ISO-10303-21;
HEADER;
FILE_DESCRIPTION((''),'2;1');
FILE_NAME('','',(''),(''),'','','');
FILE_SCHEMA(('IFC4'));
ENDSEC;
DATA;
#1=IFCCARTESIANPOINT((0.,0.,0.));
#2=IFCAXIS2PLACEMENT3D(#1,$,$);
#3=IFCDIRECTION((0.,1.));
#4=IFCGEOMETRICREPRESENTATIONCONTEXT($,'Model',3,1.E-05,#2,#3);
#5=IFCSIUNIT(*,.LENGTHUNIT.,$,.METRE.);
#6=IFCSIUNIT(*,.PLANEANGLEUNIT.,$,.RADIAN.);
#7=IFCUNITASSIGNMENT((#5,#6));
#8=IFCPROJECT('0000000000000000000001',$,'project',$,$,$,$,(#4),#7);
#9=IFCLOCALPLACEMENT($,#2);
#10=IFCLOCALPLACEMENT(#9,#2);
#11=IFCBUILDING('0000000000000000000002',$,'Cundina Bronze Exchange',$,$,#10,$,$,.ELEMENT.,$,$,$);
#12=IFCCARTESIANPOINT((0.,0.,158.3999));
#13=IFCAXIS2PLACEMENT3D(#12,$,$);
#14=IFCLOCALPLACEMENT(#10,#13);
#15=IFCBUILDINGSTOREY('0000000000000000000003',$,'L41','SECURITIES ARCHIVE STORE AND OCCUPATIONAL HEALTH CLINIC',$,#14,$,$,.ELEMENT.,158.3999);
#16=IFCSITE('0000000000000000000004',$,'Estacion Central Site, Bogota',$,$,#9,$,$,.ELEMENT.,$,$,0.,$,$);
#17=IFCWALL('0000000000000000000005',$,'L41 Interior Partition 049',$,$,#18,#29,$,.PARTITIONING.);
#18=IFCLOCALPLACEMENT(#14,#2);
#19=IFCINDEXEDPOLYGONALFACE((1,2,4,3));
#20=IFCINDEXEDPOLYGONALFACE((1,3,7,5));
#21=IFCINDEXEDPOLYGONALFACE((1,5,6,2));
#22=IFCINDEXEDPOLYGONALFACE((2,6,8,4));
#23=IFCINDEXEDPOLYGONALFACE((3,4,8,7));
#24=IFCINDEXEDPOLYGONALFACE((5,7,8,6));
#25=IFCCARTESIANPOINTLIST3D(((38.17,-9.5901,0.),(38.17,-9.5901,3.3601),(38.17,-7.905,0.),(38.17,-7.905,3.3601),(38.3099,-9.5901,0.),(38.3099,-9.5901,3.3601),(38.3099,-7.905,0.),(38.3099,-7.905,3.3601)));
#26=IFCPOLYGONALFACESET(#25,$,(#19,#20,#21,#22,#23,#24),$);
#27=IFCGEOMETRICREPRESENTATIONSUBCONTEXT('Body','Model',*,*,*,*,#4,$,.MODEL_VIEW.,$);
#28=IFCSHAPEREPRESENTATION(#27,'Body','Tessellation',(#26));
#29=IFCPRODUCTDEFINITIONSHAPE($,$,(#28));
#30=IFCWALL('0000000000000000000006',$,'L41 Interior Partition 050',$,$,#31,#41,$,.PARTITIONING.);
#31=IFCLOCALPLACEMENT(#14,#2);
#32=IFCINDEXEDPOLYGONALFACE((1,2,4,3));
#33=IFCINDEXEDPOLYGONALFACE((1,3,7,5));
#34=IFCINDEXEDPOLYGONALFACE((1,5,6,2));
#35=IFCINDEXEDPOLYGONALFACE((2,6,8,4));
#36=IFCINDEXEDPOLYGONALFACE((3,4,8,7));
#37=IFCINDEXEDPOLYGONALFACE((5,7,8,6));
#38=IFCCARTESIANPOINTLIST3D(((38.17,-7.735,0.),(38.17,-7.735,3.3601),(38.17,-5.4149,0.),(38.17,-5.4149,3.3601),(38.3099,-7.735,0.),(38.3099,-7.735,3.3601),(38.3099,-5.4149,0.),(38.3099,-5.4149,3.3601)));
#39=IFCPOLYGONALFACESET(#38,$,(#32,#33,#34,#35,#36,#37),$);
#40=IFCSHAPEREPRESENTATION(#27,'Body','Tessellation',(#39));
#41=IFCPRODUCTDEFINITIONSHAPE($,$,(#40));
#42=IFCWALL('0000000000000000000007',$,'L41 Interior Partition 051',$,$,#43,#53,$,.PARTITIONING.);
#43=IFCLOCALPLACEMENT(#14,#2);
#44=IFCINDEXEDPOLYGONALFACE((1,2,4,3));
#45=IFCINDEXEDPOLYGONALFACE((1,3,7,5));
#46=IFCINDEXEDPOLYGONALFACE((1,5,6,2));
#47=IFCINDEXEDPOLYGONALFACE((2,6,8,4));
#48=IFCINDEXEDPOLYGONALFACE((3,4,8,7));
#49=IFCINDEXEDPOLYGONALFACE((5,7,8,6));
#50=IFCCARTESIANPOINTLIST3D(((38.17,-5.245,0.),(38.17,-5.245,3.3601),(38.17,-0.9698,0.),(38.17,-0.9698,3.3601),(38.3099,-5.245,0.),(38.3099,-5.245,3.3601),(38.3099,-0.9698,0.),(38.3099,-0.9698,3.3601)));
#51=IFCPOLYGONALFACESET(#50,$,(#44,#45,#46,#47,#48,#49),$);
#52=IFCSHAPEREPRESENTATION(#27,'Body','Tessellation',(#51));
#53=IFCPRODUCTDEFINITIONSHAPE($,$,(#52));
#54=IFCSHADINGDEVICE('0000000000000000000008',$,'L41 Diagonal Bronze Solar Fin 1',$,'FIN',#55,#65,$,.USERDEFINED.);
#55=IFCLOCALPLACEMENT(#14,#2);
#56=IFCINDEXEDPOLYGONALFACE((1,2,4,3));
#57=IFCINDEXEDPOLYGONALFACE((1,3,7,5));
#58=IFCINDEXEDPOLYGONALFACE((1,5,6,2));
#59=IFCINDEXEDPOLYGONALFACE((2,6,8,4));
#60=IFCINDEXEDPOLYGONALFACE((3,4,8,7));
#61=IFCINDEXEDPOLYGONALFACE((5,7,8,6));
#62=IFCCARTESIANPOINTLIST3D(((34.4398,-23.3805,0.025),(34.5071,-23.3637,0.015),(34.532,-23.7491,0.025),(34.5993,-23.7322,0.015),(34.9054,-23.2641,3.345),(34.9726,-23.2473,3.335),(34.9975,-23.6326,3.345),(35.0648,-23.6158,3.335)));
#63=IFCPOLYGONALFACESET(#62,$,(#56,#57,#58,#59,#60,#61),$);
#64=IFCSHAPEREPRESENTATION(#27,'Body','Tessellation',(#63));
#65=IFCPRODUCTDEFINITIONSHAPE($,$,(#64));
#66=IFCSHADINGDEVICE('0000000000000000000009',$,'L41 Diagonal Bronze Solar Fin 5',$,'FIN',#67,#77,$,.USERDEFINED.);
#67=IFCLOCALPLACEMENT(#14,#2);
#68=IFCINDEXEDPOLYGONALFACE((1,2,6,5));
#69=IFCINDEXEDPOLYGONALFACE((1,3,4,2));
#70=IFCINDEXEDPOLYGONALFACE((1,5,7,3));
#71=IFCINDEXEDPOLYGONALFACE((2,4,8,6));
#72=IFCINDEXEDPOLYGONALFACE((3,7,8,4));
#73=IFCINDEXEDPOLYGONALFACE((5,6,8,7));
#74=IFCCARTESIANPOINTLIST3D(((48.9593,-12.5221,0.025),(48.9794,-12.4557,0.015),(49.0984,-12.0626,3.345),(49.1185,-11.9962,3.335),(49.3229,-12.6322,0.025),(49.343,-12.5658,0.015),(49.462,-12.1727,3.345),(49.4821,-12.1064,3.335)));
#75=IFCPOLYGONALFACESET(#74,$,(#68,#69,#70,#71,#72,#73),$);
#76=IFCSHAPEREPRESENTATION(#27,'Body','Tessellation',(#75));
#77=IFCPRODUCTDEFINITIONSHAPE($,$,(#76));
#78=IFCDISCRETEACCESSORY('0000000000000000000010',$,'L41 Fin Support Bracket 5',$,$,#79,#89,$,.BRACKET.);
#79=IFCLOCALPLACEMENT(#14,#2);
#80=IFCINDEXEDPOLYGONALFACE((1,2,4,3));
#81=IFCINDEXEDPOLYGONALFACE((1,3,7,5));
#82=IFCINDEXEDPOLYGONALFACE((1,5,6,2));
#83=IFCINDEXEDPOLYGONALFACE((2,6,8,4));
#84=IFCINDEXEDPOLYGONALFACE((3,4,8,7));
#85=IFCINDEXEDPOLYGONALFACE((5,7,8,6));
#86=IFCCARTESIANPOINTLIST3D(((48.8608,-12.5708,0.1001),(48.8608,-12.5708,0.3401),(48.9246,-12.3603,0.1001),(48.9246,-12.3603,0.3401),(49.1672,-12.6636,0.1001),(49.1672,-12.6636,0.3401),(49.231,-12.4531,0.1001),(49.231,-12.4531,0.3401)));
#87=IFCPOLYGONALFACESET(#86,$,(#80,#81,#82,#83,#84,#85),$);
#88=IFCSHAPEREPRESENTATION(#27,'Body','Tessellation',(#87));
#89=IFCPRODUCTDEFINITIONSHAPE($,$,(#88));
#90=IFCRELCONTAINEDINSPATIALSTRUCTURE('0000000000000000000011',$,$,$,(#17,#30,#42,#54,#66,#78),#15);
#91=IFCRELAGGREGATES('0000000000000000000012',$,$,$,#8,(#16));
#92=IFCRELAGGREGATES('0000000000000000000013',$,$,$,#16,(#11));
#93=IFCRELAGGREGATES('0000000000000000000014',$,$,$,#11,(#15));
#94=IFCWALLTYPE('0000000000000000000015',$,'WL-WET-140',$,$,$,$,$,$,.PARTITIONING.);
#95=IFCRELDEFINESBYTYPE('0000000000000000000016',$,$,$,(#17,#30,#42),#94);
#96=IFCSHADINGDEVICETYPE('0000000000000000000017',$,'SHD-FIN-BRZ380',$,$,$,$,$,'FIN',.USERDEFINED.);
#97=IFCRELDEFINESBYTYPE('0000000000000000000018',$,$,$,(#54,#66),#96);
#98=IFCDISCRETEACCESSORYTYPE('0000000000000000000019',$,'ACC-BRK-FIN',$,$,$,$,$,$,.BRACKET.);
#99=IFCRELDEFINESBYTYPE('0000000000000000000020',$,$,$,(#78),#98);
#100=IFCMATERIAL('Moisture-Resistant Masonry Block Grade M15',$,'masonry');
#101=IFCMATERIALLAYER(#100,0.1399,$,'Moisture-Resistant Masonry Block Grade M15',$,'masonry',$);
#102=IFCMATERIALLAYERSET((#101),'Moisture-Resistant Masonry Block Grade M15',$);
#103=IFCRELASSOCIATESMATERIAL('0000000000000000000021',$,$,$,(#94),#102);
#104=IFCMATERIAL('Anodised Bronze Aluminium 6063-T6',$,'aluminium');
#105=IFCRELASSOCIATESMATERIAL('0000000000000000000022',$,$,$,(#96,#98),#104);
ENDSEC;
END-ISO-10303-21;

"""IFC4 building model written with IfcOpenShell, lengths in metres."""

from ifc_helpers import new_model, si_unit, direction, frame, frame_2d, origin, origin_2d, place, context, subcontext, project, spatial, rectangle, extrude, material, layer, layer_set, material_profile, profile_set, type_object, element, save


model = new_model("IFC4")

# Units and contexts
model_context = context("Model", 3, precision=1e-05, world=origin(), true_north=direction((0.0, 1.0)))
body_context = subcontext(model_context, "Body", "Model", "MODEL_VIEW")
ifc_project = project(units=[si_unit("LENGTHUNIT", "METRE"), si_unit("PLANEANGLEUNIT", "RADIAN")], contexts=[model_context])

# Site, building, storey
site_placement = place(None, origin())
site = spatial("IfcSite", under=ifc_project, at=site_placement, Name="Estacion Central Site, Bogota", CompositionType="ELEMENT", RefElevation=0.0)
building_placement = place(site_placement, origin())
building = spatial("IfcBuilding", under=site, at=building_placement, Name="Cundina Bronze Exchange", CompositionType="ELEMENT")
storey_placement = place(building_placement, frame((0.0, 0.0, 158.3999)))
storey = spatial("IfcBuildingStorey", under=building, at=storey_placement, Name="L41", Description="SECURITIES ARCHIVE STORE AND OCCUPATIONAL HEALTH CLINIC", CompositionType="ELEMENT", Elevation=158.3999)

# Shared definitions
ifc_material_1 = material(Name="Anodised Bronze Aluminium 6063-T6", Category="aluminium")

# Walls
ifc_material_2 = material(Name="Moisture-Resistant Masonry Block Grade M15", Category="masonry")
ifc_layer_1 = layer(ifc_material_2, 0.1399, Name="Moisture-Resistant Masonry Block Grade M15", Category="masonry")
ifc_layer_set_1 = layer_set([ifc_layer_1], Name="Moisture-Resistant Masonry Block Grade M15")
wall_type_1 = type_object("IfcWallType", Name="WL-WET-140", PredefinedType="PARTITIONING", material=ifc_layer_set_1)
wall_1_placement = place(storey_placement, frame((38.24, -9.5901, 0.0), z_axis=(0.0, 0.0, 1.0), x_axis=(0.0, 1.0, 0.0)))
element("IfcWall", 1, at=wall_1_placement, inside=storey, type_object=wall_type_1, Name="L41 Interior Partition 049", PredefinedType="PARTITIONING", context=body_context, shape_type="SweptSolid", body=[
    extrude(rectangle(XDim=1.6851, YDim=0.1399, at=frame_2d((0.8425, 0.0))), origin(), (0.0, 0.0, 1.0), 3.3601),
])
wall_2_placement = place(storey_placement, frame((38.24, -7.7351, 0.0), z_axis=(0.0, 0.0, 1.0), x_axis=(0.0, 1.0, 0.0)))
element("IfcWall", 2, at=wall_2_placement, inside=storey, type_object=wall_type_1, Name="L41 Interior Partition 050", PredefinedType="PARTITIONING", context=body_context, shape_type="SweptSolid", body=[
    extrude(rectangle(XDim=2.3201, YDim=0.1399, at=frame_2d((1.1602, 0.0))), origin(), (0.0, 0.0, 1.0), 3.3601),
])
wall_3_placement = place(storey_placement, frame((38.24, -5.2451, 0.0), z_axis=(0.0, 0.0, 1.0), x_axis=(0.0, 1.0, 0.0)))
element("IfcWall", 3, at=wall_3_placement, inside=storey, type_object=wall_type_1, Name="L41 Interior Partition 051", PredefinedType="PARTITIONING", context=body_context, shape_type="SweptSolid", body=[
    extrude(rectangle(XDim=4.2751, YDim=0.1399, at=frame_2d((2.1377, 0.0))), origin(), (0.0, 0.0, 1.0), 3.3601),
])

# Shading devices
ifc_material_profile_1 = material_profile(ifc_material_1, rectangle(XDim=0.0701, YDim=0.3799, at=origin_2d()), Name="FIN70X380", Category="aluminium")
ifc_profile_set_1 = profile_set([ifc_material_profile_1], Name="Anodised Bronze Aluminium 6063-T6")
shading_device_type = type_object("IfcShadingDeviceType", Name="SHD-FIN-BRZ380", ElementType="FIN", PredefinedType="USERDEFINED", material=ifc_profile_set_1)
for number, where, z_axis, x_axis, name in (
    (4, (34.5195, -23.5564, 0.02), (0.138788, 0.034715, 0.989713), (-0.960133, -0.240159, 0.143064), "L41 Diagonal Bronze Solar Fin 1"),
    (5, (49.1511, -12.5439, 0.02), (0.041483, 0.136968, 0.989706), (-0.286883, -0.947216, 0.143112), "L41 Diagonal Bronze Solar Fin 5"),
):
    element("IfcShadingDevice", number, at=place(storey_placement, frame(where, z_axis=z_axis, x_axis=x_axis)), inside=storey, type_object=shading_device_type, Name=name, ObjectType="FIN", PredefinedType="USERDEFINED", context=body_context, shape_type="SweptSolid", body=[
        extrude(rectangle(XDim=0.0701, YDim=0.3799, at=origin_2d()), origin(), (0.0, 0.0, 1.0), 3.3545),
    ])

# Discrete accessory
discrete_accessory_type = type_object("IfcDiscreteAccessoryType", Name="ACC-BRK-FIN", PredefinedType="BRACKET", material=ifc_material_1)
discrete_accessory_placement = place(storey_placement, frame((49.0459, -12.512, 0.1001), z_axis=(0.0, 0.0, 1.0), x_axis=(0.290051, 0.957011, 0.0)))
element("IfcDiscreteAccessory", 6, at=discrete_accessory_placement, inside=storey, type_object=discrete_accessory_type, Name="L41 Fin Support Bracket 5", PredefinedType="BRACKET", context=body_context, shape_type="SweptSolid", body=[
    extrude(rectangle(XDim=0.22, YDim=0.3201, at=origin_2d()), origin(), (0.0, 0.0, 1.0), 0.24),
])

save(model, "model.ifc")
